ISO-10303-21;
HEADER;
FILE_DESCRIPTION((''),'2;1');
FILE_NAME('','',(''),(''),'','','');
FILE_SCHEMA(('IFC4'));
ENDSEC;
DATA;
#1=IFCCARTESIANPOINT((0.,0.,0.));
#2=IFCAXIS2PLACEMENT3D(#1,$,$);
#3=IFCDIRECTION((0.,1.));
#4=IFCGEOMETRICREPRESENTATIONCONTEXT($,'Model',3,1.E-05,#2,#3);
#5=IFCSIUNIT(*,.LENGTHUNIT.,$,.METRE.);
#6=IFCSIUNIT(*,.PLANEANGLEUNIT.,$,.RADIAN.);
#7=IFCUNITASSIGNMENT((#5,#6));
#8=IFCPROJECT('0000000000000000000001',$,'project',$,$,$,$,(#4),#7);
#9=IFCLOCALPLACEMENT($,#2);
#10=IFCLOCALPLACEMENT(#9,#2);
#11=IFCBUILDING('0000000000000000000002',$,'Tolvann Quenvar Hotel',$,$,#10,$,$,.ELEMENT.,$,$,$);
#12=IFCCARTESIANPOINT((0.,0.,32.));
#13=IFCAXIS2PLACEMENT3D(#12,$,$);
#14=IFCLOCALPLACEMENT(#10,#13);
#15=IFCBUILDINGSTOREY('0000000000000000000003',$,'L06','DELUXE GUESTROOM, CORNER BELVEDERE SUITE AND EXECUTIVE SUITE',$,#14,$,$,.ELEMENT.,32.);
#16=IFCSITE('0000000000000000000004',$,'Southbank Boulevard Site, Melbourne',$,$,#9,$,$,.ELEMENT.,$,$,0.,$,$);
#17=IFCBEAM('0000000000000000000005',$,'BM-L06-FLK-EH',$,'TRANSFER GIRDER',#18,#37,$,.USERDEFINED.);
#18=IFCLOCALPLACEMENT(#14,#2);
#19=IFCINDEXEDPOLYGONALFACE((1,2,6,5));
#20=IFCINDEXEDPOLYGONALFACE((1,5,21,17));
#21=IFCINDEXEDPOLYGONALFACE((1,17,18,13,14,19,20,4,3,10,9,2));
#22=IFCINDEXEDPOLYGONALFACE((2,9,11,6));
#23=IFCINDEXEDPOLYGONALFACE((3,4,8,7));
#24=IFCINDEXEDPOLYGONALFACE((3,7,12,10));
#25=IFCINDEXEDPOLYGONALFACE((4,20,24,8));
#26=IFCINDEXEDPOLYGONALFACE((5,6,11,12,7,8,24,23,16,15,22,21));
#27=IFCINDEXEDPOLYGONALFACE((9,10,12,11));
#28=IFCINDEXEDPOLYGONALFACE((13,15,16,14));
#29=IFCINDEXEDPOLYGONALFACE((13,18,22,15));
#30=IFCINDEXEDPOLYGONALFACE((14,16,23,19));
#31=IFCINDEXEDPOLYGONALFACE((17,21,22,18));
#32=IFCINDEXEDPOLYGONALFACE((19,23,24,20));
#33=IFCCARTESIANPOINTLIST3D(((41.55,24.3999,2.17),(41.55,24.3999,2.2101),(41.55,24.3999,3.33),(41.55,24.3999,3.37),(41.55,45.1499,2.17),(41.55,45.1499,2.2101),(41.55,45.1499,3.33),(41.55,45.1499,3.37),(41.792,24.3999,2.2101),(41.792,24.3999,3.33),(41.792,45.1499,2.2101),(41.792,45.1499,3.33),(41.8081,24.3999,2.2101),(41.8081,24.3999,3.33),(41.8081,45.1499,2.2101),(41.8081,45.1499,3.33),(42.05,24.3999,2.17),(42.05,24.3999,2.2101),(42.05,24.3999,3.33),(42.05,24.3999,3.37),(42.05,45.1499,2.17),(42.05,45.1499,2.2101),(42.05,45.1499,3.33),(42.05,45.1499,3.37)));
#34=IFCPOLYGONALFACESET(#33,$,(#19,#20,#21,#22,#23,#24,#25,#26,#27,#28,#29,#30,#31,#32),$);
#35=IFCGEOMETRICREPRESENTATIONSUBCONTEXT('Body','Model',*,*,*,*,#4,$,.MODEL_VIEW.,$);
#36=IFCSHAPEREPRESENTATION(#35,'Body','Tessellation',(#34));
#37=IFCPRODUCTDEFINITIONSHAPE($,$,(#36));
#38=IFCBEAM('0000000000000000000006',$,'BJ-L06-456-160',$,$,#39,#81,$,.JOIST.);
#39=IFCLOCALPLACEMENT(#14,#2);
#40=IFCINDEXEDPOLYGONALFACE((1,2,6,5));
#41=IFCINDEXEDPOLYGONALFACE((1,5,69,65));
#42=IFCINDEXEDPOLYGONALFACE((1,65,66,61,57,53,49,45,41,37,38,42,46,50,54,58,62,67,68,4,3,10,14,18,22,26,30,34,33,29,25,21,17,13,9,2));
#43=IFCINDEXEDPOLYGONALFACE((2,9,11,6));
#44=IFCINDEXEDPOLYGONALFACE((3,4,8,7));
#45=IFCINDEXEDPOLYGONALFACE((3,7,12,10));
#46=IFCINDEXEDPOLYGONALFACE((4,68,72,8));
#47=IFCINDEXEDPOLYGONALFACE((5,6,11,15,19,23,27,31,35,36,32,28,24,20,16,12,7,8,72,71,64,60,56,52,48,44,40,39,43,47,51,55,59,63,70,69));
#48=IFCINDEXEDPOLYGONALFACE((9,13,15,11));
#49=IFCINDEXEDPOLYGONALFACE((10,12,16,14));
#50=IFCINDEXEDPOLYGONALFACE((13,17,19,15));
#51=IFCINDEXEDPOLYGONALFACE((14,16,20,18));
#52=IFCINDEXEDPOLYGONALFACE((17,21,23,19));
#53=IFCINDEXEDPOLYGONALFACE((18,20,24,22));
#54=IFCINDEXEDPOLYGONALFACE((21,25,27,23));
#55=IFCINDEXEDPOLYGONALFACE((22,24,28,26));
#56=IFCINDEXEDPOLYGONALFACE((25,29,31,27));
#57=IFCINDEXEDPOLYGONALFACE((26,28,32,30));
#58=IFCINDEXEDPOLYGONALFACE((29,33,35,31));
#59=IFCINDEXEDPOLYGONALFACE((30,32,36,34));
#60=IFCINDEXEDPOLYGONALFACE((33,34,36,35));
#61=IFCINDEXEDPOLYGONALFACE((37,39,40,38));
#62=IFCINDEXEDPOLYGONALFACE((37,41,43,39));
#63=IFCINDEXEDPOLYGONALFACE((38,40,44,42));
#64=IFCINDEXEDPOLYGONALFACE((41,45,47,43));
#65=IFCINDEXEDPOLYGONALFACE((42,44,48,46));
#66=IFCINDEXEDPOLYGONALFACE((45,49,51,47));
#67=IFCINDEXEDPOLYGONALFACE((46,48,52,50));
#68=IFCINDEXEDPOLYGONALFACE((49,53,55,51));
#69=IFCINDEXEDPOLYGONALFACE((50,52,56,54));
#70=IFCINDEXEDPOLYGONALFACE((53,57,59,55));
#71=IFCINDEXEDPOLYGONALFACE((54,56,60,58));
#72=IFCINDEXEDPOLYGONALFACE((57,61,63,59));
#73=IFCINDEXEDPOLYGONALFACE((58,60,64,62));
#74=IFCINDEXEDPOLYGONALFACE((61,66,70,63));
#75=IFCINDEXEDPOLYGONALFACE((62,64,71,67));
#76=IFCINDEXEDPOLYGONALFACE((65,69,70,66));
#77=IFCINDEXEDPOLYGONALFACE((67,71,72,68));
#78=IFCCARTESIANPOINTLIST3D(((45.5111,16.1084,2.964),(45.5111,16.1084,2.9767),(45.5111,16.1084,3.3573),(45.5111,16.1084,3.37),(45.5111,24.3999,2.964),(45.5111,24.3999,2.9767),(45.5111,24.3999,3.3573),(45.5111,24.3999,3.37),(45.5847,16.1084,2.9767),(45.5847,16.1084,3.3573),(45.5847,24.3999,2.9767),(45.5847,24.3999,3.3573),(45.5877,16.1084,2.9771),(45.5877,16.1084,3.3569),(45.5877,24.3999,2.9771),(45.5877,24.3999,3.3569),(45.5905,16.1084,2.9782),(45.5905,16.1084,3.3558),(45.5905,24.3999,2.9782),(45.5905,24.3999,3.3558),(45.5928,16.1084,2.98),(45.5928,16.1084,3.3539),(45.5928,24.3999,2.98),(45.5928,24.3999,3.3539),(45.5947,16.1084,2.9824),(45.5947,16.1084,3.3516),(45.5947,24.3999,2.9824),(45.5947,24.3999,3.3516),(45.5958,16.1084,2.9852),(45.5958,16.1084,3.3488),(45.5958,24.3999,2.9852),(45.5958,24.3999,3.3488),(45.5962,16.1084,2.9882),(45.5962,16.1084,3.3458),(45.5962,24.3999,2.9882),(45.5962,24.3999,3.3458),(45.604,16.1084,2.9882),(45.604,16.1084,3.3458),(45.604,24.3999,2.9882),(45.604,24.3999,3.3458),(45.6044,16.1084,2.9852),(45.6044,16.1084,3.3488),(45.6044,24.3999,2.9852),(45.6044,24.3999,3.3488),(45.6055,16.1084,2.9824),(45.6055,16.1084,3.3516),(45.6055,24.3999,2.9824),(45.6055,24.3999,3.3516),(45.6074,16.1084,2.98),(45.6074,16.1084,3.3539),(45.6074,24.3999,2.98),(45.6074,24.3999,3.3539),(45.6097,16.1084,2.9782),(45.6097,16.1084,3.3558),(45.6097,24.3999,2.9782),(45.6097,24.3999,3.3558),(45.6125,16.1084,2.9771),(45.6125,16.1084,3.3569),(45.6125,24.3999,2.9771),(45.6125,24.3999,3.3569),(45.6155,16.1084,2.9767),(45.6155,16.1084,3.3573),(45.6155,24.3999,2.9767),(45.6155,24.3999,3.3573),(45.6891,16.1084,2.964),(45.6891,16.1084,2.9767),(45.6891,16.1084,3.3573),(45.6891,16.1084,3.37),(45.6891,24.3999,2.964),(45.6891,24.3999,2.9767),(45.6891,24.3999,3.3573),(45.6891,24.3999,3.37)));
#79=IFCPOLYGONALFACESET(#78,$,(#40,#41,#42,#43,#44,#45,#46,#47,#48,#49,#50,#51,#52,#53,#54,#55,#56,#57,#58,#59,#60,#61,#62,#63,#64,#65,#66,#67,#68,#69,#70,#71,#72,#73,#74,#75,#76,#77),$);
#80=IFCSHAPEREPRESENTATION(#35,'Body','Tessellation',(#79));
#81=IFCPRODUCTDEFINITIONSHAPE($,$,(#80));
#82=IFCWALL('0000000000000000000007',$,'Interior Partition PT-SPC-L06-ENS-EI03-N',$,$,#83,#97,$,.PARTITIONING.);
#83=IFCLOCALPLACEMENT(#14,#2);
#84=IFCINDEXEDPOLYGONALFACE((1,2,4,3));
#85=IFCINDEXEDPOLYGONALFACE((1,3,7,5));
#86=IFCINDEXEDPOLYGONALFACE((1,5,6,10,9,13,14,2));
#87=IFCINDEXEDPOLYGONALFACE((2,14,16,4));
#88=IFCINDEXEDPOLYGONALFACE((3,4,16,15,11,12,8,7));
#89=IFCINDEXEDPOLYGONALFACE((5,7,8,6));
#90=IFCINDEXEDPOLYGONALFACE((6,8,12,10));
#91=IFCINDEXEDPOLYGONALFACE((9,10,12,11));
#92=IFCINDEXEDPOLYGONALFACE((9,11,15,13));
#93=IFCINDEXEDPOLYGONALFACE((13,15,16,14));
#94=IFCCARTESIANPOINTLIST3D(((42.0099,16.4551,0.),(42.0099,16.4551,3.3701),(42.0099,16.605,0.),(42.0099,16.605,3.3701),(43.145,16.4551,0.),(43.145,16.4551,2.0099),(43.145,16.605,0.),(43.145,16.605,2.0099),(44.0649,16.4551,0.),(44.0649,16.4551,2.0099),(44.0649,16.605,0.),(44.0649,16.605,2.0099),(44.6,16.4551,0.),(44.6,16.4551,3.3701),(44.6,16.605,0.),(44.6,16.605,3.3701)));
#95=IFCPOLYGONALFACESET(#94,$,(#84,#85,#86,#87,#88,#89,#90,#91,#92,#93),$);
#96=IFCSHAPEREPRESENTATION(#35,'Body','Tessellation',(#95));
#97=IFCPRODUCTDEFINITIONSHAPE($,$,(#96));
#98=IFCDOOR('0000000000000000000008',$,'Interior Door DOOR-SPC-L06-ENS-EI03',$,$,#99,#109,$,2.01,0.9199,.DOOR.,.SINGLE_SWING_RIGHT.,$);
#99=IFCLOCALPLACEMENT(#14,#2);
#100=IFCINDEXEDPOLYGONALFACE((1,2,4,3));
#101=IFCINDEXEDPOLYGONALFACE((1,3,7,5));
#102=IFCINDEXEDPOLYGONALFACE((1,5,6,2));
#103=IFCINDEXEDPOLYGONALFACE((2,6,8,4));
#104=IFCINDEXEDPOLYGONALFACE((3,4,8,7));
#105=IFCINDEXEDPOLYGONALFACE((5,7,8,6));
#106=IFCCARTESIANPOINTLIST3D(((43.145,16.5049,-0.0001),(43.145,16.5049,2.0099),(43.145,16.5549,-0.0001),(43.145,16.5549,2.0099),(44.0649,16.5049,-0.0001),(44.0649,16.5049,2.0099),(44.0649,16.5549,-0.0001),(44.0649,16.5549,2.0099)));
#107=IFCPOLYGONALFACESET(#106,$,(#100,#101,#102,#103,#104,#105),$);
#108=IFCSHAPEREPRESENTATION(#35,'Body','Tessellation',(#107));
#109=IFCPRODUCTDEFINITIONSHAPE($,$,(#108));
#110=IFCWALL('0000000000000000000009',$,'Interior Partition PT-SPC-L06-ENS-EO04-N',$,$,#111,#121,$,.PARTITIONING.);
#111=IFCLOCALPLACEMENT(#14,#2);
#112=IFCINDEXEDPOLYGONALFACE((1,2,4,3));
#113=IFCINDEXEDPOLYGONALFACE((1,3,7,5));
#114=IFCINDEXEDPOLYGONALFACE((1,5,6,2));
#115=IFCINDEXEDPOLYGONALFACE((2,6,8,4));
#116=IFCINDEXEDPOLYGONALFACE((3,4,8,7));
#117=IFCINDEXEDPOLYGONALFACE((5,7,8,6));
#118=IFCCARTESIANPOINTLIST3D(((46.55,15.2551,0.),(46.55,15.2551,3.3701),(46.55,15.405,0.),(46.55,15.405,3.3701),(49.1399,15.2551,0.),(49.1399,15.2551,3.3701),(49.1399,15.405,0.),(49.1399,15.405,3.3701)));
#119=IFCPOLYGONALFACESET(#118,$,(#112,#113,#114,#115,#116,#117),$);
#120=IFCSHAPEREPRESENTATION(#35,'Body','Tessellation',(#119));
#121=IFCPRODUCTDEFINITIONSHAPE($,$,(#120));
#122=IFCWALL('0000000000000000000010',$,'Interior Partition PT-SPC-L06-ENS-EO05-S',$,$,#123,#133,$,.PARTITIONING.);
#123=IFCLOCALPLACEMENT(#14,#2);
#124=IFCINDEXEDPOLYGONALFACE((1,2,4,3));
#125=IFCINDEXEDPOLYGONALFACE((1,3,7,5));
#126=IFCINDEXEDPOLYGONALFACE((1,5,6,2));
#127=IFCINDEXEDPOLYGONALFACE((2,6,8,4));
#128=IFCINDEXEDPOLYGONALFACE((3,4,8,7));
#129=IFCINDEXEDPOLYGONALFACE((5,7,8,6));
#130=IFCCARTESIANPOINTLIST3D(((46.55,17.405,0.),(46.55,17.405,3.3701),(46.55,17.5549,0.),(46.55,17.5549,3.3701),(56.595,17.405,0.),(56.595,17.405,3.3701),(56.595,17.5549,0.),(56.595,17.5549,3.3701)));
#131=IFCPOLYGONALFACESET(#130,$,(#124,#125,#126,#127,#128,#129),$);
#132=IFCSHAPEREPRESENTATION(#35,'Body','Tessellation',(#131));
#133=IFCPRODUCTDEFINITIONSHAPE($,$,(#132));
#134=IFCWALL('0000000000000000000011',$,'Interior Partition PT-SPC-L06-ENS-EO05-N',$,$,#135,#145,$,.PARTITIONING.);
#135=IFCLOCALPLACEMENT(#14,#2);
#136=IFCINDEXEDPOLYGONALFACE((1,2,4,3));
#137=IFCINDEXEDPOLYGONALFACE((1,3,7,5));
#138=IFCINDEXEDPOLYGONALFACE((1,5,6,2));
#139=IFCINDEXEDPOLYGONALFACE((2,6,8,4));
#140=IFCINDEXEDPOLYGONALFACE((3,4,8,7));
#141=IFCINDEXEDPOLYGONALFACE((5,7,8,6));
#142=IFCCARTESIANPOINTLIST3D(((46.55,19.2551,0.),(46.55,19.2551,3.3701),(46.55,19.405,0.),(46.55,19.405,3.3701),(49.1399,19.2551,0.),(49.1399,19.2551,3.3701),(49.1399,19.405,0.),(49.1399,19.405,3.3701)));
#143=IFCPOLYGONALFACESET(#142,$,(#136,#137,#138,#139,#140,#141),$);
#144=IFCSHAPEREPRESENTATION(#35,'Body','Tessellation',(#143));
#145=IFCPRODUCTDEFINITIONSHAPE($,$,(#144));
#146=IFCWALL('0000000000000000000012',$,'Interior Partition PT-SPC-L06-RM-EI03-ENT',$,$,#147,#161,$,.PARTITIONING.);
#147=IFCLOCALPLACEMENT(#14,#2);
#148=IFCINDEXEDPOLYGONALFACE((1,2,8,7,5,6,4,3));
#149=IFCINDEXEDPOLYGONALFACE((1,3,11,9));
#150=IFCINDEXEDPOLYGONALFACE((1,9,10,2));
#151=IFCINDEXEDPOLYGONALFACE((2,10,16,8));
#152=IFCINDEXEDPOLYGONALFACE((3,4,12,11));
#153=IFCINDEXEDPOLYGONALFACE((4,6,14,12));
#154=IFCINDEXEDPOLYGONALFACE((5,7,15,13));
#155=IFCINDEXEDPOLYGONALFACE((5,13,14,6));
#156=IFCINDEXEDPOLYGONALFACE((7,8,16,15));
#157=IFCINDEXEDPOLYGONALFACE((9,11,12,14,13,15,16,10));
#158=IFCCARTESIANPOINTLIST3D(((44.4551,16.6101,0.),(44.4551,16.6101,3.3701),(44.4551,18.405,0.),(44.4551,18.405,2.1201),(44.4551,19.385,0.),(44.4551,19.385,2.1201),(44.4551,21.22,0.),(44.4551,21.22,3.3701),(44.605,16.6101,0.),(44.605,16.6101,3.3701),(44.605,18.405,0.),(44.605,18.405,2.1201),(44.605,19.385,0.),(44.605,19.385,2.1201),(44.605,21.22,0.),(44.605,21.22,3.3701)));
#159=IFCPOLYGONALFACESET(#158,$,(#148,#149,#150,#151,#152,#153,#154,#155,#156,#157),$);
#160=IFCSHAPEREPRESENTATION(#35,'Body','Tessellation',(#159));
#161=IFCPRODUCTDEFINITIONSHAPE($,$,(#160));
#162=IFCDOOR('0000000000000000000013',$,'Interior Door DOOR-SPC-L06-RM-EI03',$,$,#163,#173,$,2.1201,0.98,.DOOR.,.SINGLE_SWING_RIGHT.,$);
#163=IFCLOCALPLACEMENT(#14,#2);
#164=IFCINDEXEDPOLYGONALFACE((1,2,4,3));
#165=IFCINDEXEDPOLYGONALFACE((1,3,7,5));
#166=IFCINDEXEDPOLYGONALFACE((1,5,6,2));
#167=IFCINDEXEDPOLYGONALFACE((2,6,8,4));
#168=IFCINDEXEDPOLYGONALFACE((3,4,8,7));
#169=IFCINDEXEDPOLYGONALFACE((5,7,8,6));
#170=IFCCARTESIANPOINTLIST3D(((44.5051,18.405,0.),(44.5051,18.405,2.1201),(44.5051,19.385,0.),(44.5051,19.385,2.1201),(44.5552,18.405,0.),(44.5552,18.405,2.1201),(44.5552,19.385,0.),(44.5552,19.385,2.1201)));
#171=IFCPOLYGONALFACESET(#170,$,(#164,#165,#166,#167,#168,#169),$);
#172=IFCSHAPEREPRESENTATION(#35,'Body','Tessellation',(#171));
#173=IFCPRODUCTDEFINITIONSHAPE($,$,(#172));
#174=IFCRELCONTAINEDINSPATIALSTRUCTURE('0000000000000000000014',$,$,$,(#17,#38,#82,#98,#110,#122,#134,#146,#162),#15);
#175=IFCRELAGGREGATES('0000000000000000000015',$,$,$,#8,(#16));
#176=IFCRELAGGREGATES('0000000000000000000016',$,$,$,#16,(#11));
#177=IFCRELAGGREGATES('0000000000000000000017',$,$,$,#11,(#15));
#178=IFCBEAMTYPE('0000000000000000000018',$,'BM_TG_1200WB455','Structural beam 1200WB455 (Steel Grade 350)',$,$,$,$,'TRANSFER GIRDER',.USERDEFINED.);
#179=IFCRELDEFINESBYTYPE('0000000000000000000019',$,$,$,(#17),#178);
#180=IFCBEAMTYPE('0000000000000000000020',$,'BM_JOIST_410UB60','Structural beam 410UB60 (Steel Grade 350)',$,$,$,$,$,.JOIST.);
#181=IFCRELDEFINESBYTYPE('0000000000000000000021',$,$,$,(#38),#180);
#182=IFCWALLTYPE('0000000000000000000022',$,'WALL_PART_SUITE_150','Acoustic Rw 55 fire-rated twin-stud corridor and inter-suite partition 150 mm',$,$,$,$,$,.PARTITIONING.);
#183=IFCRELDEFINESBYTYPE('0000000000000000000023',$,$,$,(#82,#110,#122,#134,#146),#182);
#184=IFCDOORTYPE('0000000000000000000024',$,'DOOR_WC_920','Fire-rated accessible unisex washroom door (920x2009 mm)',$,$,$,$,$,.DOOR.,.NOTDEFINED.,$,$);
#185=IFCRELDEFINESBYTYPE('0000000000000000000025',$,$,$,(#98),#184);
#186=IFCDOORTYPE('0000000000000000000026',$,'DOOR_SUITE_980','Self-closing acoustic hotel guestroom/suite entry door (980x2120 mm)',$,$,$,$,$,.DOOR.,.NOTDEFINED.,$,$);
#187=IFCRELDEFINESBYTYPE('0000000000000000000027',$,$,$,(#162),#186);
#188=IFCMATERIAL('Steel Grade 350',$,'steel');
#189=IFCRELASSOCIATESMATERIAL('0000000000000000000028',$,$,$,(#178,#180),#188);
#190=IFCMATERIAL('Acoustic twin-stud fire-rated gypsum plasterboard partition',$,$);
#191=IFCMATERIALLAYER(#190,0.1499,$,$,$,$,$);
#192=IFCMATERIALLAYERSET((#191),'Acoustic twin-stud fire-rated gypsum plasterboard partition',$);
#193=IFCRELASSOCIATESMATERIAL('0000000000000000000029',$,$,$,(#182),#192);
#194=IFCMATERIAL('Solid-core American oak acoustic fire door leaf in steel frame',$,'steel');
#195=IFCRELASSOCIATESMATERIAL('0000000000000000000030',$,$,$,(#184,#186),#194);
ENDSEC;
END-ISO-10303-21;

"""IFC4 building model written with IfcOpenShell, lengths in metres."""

from ifc_helpers import new_model, si_unit, direction, frame, frame_2d, origin, origin_2d, place, context, subcontext, project, spatial, rectangle, i_section, extrude, source, transform, mapped, material, layer, layer_set, material_profile, profile_set, type_object, type_shapes, element, fill, save


model = new_model("IFC4")

# Units and contexts
model_context = context("Model", 3, precision=1e-05, world=origin(), true_north=direction((0.0, 1.0)))
body_context = subcontext(model_context, "Body", "Model", "MODEL_VIEW")
ifc_project = project(units=[si_unit("LENGTHUNIT", "METRE"), si_unit("PLANEANGLEUNIT", "RADIAN")], contexts=[model_context])

# Site, building, storey
site_placement = place(None, origin())
site = spatial("IfcSite", under=ifc_project, at=site_placement, Name="Southbank Boulevard Site, Melbourne", CompositionType="ELEMENT", RefElevation=0.0)
building_placement = place(site_placement, origin())
building = spatial("IfcBuilding", under=site, at=building_placement, Name="Tolvann Quenvar Hotel", CompositionType="ELEMENT")
storey_placement = place(building_placement, frame((0.0, 0.0, 32.0)))
storey = spatial("IfcBuildingStorey", under=building, at=storey_placement, Name="L06", Description="DELUXE GUESTROOM, CORNER BELVEDERE SUITE AND EXECUTIVE SUITE", CompositionType="ELEMENT", Elevation=32.0)

# Shared definitions
ifc_material_1 = material(Name="Steel Grade 350", Category="steel")

# Beams
ifc_material_profile_1 = material_profile(ifc_material_1, i_section(OverallWidth=0.5, OverallDepth=1.2, WebThickness=0.0161, FlangeThickness=0.04, at=origin_2d()), Name="1200WB455")
ifc_profile_set_1 = profile_set([ifc_material_profile_1], Name="Steel Grade 350")
beam_type_1 = type_object("IfcBeamType", Name="BM_TG_1200WB455", Description="Structural beam 1200WB455 (Steel Grade 350)", ElementType="TRANSFER GIRDER", PredefinedType="USERDEFINED", material=ifc_profile_set_1)
shared_shape_1 = source(origin(), body_context, "Body", "SweptSolid", [
    extrude(i_section(OverallWidth=0.5, OverallDepth=1.2, WebThickness=0.0161, FlangeThickness=0.04, at=origin_2d()), origin(), (0.0, 0.0, 1.0), 20.75),
])
type_shapes(beam_type_1, [shared_shape_1])
beam_1_placement = place(storey_placement, frame((41.8, 24.3999, 2.77), z_axis=(0.0, 1.0, 0.0), x_axis=(-1.0, 0.0, 0.0)))
element("IfcBeam", 1, at=beam_1_placement, inside=storey, type_object=beam_type_1, Name="BM-L06-FLK-EH", ObjectType="TRANSFER GIRDER", PredefinedType="USERDEFINED", context=body_context, shape_type="MappedRepresentation", body=[
    mapped(shared_shape_1, transform((0.0, 0.0, 0.0), x_axis=(1.0, 0.0, 0.0), y_axis=(0.0, 1.0, 0.0), z_axis=(0.0, 0.0, 1.0), scale=1.0)),
])
ifc_material_profile_2 = material_profile(ifc_material_1, i_section(OverallWidth=0.178, OverallDepth=0.406, WebThickness=0.0078, FlangeThickness=0.0127, FilletRadius=0.0115, at=origin_2d()), Name="410UB60")
ifc_profile_set_2 = profile_set([ifc_material_profile_2], Name="Steel Grade 350")
beam_type_2 = type_object("IfcBeamType", Name="BM_JOIST_410UB60", Description="Structural beam 410UB60 (Steel Grade 350)", PredefinedType="JOIST", material=ifc_profile_set_2)
shared_shape_2 = source(origin(), body_context, "Body", "SweptSolid", [
    extrude(i_section(OverallWidth=0.178, OverallDepth=0.406, WebThickness=0.0078, FlangeThickness=0.0127, FilletRadius=0.0115, at=origin_2d()), origin(), (0.0, 0.0, 1.0), 8.2915),
])
type_shapes(beam_type_2, [shared_shape_2])
beam_2_placement = place(storey_placement, frame((45.6001, 16.1084, 3.167), z_axis=(0.0, 1.0, 0.0), x_axis=(-1.0, 0.0, 0.0)))
element("IfcBeam", 2, at=beam_2_placement, inside=storey, type_object=beam_type_2, Name="BJ-L06-456-160", PredefinedType="JOIST", context=body_context, shape_type="MappedRepresentation", body=[
    mapped(shared_shape_2, transform((0.0, 0.0, 0.0), x_axis=(1.0, 0.0, 0.0), y_axis=(0.0, 1.0, 0.0), z_axis=(0.0, 0.0, 1.0), scale=1.0)),
])

# Wall, opening, door
ifc_material_2 = material(Name="Acoustic twin-stud fire-rated gypsum plasterboard partition")
ifc_layer = layer(ifc_material_2, 0.1499)
ifc_layer_set = layer_set([ifc_layer], Name="Acoustic twin-stud fire-rated gypsum plasterboard partition")
wall_type = type_object("IfcWallType", Name="WALL_PART_SUITE_150", Description="Acoustic Rw 55 fire-rated twin-stud corridor and inter-suite partition 150 mm", PredefinedType="PARTITIONING", material=ifc_layer_set)
wall_1_placement = place(storey_placement, frame((42.01, 16.53, 0.0), z_axis=(0.0, 0.0, 1.0), x_axis=(1.0, 0.0, 0.0)))
wall_1 = element("IfcWall", 3, at=wall_1_placement, inside=storey, type_object=wall_type, Name="Interior Partition PT-SPC-L06-ENS-EI03-N", PredefinedType="PARTITIONING", context=body_context, shape_type="SweptSolid", body=[
    extrude(rectangle(XDim=2.5901, YDim=0.1499, at=frame_2d((1.2949, 0.0))), origin(), (0.0, 0.0, 1.0), 3.3701),
])
opening_1_placement = place(wall_1_placement, frame((1.135, 0.0, 0.0)))
opening_1 = element("IfcOpeningElement", 4, at=opening_1_placement, cuts=wall_1, PredefinedType="OPENING", context=body_context, shape_type="SweptSolid", body=[
    extrude(rectangle(XDim=0.9199, YDim=2.01, at=frame_2d((0.46, 1.0049))), frame((0.0, 0.085, 0.0), z_axis=(0.0, -1.0, 0.0), x_axis=(1.0, 0.0, 0.0)), (0.0, 0.0, 1.0), 0.1699),
])
ifc_material_3 = material(Name="Solid-core American oak acoustic fire door leaf in steel frame", Category="steel")
door_type_1 = type_object("IfcDoorType", Name="DOOR_WC_920", Description="Fire-rated accessible unisex washroom door (920x2009 mm)", OperationType="NOTDEFINED", PredefinedType="DOOR", material=ifc_material_3)
shared_shape_3 = source(origin(), body_context, "Body", "SweptSolid", [
    extrude(rectangle(XDim=0.9199, YDim=2.01, at=frame_2d((0.46, 1.0049))), frame((0.0, 0.0249, 0.0), z_axis=(0.0, -1.0, 0.0), x_axis=(1.0, 0.0, 0.0)), (0.0, 0.0, 1.0), 0.05),
])
type_shapes(door_type_1, [shared_shape_3])
door_1_placement = place(opening_1_placement, origin())
door_1 = element("IfcDoor", 5, at=door_1_placement, inside=storey, type_object=door_type_1, Name="Interior Door DOOR-SPC-L06-ENS-EI03", OperationType="SINGLE_SWING_RIGHT", OverallHeight=2.01, OverallWidth=0.9199, PredefinedType="DOOR", context=body_context, shape_type="MappedRepresentation", body=[
    mapped(shared_shape_3, transform((0.0, 0.0, 0.0), x_axis=(1.0, 0.0, 0.0), y_axis=(0.0, 1.0, 0.0), z_axis=(0.0, 0.0, 1.0), scale=1.0)),
])
fill(opening_1, door_1)

# Walls
wall_2_placement = place(storey_placement, frame((46.55, 15.3301, 0.0), z_axis=(0.0, 0.0, 1.0), x_axis=(1.0, 0.0, 0.0)))
element("IfcWall", 6, at=wall_2_placement, inside=storey, type_object=wall_type, Name="Interior Partition PT-SPC-L06-ENS-EO04-N", PredefinedType="PARTITIONING", context=body_context, shape_type="SweptSolid", body=[
    extrude(rectangle(XDim=2.5898, YDim=0.1499, at=frame_2d((1.2949, 0.0))), origin(), (0.0, 0.0, 1.0), 3.3701),
])
wall_3_placement = place(storey_placement, frame((46.55, 17.48, 0.0), z_axis=(0.0, 0.0, 1.0), x_axis=(1.0, 0.0, 0.0)))
element("IfcWall", 7, at=wall_3_placement, inside=storey, type_object=wall_type, Name="Interior Partition PT-SPC-L06-ENS-EO05-S", PredefinedType="PARTITIONING", context=body_context, shape_type="SweptSolid", body=[
    extrude(rectangle(XDim=10.0449, YDim=0.1499, at=frame_2d((5.0225, 0.0))), origin(), (0.0, 0.0, 1.0), 3.3701),
])
wall_4_placement = place(storey_placement, frame((46.55, 19.3301, 0.0), z_axis=(0.0, 0.0, 1.0), x_axis=(1.0, 0.0, 0.0)))
element("IfcWall", 8, at=wall_4_placement, inside=storey, type_object=wall_type, Name="Interior Partition PT-SPC-L06-ENS-EO05-N", PredefinedType="PARTITIONING", context=body_context, shape_type="SweptSolid", body=[
    extrude(rectangle(XDim=2.5898, YDim=0.1499, at=frame_2d((1.2949, 0.0))), origin(), (0.0, 0.0, 1.0), 3.3701),
])

# Wall, opening, door
wall_5_placement = place(storey_placement, frame((44.53, 16.6101, 0.0), z_axis=(0.0, 0.0, 1.0), x_axis=(0.0, 1.0, 0.0)))
wall_5 = element("IfcWall", 9, at=wall_5_placement, inside=storey, type_object=wall_type, Name="Interior Partition PT-SPC-L06-RM-EI03-ENT", PredefinedType="PARTITIONING", context=body_context, shape_type="SweptSolid", body=[
    extrude(rectangle(XDim=4.6099, YDim=0.1499, at=frame_2d((2.3049, 0.0))), origin(), (0.0, 0.0, 1.0), 3.3701),
])
opening_2_placement = place(wall_5_placement, frame((1.7949, 0.0, 0.0)))
opening_2 = element("IfcOpeningElement", 10, at=opening_2_placement, cuts=wall_5, PredefinedType="OPENING", context=body_context, shape_type="SweptSolid", body=[
    extrude(rectangle(XDim=0.98, YDim=2.1201, at=frame_2d((0.49, 1.0601))), frame((0.0, 0.085, 0.0), z_axis=(0.0, -1.0, 0.0), x_axis=(1.0, 0.0, 0.0)), (0.0, 0.0, 1.0), 0.1699),
])
door_type_2 = type_object("IfcDoorType", Name="DOOR_SUITE_980", Description="Self-closing acoustic hotel guestroom/suite entry door (980x2120 mm)", OperationType="NOTDEFINED", PredefinedType="DOOR", material=ifc_material_3)
shared_shape_4 = source(origin(), body_context, "Body", "SweptSolid", [
    extrude(rectangle(XDim=0.98, YDim=2.1201, at=frame_2d((0.49, 1.0601))), frame((0.0, 0.0249, 0.0), z_axis=(0.0, -1.0, 0.0), x_axis=(1.0, 0.0, 0.0)), (0.0, 0.0, 1.0), 0.05),
])
type_shapes(door_type_2, [shared_shape_4])
door_2_placement = place(opening_2_placement, origin())
door_2 = element("IfcDoor", 11, at=door_2_placement, inside=storey, type_object=door_type_2, Name="Interior Door DOOR-SPC-L06-RM-EI03", OperationType="SINGLE_SWING_RIGHT", OverallHeight=2.1201, OverallWidth=0.98, PredefinedType="DOOR", context=body_context, shape_type="MappedRepresentation", body=[
    mapped(shared_shape_4, transform((0.0, 0.0, 0.0), x_axis=(1.0, 0.0, 0.0), y_axis=(0.0, 1.0, 0.0), z_axis=(0.0, 0.0, 1.0), scale=1.0)),
])
fill(opening_2, door_2)

save(model, "model.ifc")
